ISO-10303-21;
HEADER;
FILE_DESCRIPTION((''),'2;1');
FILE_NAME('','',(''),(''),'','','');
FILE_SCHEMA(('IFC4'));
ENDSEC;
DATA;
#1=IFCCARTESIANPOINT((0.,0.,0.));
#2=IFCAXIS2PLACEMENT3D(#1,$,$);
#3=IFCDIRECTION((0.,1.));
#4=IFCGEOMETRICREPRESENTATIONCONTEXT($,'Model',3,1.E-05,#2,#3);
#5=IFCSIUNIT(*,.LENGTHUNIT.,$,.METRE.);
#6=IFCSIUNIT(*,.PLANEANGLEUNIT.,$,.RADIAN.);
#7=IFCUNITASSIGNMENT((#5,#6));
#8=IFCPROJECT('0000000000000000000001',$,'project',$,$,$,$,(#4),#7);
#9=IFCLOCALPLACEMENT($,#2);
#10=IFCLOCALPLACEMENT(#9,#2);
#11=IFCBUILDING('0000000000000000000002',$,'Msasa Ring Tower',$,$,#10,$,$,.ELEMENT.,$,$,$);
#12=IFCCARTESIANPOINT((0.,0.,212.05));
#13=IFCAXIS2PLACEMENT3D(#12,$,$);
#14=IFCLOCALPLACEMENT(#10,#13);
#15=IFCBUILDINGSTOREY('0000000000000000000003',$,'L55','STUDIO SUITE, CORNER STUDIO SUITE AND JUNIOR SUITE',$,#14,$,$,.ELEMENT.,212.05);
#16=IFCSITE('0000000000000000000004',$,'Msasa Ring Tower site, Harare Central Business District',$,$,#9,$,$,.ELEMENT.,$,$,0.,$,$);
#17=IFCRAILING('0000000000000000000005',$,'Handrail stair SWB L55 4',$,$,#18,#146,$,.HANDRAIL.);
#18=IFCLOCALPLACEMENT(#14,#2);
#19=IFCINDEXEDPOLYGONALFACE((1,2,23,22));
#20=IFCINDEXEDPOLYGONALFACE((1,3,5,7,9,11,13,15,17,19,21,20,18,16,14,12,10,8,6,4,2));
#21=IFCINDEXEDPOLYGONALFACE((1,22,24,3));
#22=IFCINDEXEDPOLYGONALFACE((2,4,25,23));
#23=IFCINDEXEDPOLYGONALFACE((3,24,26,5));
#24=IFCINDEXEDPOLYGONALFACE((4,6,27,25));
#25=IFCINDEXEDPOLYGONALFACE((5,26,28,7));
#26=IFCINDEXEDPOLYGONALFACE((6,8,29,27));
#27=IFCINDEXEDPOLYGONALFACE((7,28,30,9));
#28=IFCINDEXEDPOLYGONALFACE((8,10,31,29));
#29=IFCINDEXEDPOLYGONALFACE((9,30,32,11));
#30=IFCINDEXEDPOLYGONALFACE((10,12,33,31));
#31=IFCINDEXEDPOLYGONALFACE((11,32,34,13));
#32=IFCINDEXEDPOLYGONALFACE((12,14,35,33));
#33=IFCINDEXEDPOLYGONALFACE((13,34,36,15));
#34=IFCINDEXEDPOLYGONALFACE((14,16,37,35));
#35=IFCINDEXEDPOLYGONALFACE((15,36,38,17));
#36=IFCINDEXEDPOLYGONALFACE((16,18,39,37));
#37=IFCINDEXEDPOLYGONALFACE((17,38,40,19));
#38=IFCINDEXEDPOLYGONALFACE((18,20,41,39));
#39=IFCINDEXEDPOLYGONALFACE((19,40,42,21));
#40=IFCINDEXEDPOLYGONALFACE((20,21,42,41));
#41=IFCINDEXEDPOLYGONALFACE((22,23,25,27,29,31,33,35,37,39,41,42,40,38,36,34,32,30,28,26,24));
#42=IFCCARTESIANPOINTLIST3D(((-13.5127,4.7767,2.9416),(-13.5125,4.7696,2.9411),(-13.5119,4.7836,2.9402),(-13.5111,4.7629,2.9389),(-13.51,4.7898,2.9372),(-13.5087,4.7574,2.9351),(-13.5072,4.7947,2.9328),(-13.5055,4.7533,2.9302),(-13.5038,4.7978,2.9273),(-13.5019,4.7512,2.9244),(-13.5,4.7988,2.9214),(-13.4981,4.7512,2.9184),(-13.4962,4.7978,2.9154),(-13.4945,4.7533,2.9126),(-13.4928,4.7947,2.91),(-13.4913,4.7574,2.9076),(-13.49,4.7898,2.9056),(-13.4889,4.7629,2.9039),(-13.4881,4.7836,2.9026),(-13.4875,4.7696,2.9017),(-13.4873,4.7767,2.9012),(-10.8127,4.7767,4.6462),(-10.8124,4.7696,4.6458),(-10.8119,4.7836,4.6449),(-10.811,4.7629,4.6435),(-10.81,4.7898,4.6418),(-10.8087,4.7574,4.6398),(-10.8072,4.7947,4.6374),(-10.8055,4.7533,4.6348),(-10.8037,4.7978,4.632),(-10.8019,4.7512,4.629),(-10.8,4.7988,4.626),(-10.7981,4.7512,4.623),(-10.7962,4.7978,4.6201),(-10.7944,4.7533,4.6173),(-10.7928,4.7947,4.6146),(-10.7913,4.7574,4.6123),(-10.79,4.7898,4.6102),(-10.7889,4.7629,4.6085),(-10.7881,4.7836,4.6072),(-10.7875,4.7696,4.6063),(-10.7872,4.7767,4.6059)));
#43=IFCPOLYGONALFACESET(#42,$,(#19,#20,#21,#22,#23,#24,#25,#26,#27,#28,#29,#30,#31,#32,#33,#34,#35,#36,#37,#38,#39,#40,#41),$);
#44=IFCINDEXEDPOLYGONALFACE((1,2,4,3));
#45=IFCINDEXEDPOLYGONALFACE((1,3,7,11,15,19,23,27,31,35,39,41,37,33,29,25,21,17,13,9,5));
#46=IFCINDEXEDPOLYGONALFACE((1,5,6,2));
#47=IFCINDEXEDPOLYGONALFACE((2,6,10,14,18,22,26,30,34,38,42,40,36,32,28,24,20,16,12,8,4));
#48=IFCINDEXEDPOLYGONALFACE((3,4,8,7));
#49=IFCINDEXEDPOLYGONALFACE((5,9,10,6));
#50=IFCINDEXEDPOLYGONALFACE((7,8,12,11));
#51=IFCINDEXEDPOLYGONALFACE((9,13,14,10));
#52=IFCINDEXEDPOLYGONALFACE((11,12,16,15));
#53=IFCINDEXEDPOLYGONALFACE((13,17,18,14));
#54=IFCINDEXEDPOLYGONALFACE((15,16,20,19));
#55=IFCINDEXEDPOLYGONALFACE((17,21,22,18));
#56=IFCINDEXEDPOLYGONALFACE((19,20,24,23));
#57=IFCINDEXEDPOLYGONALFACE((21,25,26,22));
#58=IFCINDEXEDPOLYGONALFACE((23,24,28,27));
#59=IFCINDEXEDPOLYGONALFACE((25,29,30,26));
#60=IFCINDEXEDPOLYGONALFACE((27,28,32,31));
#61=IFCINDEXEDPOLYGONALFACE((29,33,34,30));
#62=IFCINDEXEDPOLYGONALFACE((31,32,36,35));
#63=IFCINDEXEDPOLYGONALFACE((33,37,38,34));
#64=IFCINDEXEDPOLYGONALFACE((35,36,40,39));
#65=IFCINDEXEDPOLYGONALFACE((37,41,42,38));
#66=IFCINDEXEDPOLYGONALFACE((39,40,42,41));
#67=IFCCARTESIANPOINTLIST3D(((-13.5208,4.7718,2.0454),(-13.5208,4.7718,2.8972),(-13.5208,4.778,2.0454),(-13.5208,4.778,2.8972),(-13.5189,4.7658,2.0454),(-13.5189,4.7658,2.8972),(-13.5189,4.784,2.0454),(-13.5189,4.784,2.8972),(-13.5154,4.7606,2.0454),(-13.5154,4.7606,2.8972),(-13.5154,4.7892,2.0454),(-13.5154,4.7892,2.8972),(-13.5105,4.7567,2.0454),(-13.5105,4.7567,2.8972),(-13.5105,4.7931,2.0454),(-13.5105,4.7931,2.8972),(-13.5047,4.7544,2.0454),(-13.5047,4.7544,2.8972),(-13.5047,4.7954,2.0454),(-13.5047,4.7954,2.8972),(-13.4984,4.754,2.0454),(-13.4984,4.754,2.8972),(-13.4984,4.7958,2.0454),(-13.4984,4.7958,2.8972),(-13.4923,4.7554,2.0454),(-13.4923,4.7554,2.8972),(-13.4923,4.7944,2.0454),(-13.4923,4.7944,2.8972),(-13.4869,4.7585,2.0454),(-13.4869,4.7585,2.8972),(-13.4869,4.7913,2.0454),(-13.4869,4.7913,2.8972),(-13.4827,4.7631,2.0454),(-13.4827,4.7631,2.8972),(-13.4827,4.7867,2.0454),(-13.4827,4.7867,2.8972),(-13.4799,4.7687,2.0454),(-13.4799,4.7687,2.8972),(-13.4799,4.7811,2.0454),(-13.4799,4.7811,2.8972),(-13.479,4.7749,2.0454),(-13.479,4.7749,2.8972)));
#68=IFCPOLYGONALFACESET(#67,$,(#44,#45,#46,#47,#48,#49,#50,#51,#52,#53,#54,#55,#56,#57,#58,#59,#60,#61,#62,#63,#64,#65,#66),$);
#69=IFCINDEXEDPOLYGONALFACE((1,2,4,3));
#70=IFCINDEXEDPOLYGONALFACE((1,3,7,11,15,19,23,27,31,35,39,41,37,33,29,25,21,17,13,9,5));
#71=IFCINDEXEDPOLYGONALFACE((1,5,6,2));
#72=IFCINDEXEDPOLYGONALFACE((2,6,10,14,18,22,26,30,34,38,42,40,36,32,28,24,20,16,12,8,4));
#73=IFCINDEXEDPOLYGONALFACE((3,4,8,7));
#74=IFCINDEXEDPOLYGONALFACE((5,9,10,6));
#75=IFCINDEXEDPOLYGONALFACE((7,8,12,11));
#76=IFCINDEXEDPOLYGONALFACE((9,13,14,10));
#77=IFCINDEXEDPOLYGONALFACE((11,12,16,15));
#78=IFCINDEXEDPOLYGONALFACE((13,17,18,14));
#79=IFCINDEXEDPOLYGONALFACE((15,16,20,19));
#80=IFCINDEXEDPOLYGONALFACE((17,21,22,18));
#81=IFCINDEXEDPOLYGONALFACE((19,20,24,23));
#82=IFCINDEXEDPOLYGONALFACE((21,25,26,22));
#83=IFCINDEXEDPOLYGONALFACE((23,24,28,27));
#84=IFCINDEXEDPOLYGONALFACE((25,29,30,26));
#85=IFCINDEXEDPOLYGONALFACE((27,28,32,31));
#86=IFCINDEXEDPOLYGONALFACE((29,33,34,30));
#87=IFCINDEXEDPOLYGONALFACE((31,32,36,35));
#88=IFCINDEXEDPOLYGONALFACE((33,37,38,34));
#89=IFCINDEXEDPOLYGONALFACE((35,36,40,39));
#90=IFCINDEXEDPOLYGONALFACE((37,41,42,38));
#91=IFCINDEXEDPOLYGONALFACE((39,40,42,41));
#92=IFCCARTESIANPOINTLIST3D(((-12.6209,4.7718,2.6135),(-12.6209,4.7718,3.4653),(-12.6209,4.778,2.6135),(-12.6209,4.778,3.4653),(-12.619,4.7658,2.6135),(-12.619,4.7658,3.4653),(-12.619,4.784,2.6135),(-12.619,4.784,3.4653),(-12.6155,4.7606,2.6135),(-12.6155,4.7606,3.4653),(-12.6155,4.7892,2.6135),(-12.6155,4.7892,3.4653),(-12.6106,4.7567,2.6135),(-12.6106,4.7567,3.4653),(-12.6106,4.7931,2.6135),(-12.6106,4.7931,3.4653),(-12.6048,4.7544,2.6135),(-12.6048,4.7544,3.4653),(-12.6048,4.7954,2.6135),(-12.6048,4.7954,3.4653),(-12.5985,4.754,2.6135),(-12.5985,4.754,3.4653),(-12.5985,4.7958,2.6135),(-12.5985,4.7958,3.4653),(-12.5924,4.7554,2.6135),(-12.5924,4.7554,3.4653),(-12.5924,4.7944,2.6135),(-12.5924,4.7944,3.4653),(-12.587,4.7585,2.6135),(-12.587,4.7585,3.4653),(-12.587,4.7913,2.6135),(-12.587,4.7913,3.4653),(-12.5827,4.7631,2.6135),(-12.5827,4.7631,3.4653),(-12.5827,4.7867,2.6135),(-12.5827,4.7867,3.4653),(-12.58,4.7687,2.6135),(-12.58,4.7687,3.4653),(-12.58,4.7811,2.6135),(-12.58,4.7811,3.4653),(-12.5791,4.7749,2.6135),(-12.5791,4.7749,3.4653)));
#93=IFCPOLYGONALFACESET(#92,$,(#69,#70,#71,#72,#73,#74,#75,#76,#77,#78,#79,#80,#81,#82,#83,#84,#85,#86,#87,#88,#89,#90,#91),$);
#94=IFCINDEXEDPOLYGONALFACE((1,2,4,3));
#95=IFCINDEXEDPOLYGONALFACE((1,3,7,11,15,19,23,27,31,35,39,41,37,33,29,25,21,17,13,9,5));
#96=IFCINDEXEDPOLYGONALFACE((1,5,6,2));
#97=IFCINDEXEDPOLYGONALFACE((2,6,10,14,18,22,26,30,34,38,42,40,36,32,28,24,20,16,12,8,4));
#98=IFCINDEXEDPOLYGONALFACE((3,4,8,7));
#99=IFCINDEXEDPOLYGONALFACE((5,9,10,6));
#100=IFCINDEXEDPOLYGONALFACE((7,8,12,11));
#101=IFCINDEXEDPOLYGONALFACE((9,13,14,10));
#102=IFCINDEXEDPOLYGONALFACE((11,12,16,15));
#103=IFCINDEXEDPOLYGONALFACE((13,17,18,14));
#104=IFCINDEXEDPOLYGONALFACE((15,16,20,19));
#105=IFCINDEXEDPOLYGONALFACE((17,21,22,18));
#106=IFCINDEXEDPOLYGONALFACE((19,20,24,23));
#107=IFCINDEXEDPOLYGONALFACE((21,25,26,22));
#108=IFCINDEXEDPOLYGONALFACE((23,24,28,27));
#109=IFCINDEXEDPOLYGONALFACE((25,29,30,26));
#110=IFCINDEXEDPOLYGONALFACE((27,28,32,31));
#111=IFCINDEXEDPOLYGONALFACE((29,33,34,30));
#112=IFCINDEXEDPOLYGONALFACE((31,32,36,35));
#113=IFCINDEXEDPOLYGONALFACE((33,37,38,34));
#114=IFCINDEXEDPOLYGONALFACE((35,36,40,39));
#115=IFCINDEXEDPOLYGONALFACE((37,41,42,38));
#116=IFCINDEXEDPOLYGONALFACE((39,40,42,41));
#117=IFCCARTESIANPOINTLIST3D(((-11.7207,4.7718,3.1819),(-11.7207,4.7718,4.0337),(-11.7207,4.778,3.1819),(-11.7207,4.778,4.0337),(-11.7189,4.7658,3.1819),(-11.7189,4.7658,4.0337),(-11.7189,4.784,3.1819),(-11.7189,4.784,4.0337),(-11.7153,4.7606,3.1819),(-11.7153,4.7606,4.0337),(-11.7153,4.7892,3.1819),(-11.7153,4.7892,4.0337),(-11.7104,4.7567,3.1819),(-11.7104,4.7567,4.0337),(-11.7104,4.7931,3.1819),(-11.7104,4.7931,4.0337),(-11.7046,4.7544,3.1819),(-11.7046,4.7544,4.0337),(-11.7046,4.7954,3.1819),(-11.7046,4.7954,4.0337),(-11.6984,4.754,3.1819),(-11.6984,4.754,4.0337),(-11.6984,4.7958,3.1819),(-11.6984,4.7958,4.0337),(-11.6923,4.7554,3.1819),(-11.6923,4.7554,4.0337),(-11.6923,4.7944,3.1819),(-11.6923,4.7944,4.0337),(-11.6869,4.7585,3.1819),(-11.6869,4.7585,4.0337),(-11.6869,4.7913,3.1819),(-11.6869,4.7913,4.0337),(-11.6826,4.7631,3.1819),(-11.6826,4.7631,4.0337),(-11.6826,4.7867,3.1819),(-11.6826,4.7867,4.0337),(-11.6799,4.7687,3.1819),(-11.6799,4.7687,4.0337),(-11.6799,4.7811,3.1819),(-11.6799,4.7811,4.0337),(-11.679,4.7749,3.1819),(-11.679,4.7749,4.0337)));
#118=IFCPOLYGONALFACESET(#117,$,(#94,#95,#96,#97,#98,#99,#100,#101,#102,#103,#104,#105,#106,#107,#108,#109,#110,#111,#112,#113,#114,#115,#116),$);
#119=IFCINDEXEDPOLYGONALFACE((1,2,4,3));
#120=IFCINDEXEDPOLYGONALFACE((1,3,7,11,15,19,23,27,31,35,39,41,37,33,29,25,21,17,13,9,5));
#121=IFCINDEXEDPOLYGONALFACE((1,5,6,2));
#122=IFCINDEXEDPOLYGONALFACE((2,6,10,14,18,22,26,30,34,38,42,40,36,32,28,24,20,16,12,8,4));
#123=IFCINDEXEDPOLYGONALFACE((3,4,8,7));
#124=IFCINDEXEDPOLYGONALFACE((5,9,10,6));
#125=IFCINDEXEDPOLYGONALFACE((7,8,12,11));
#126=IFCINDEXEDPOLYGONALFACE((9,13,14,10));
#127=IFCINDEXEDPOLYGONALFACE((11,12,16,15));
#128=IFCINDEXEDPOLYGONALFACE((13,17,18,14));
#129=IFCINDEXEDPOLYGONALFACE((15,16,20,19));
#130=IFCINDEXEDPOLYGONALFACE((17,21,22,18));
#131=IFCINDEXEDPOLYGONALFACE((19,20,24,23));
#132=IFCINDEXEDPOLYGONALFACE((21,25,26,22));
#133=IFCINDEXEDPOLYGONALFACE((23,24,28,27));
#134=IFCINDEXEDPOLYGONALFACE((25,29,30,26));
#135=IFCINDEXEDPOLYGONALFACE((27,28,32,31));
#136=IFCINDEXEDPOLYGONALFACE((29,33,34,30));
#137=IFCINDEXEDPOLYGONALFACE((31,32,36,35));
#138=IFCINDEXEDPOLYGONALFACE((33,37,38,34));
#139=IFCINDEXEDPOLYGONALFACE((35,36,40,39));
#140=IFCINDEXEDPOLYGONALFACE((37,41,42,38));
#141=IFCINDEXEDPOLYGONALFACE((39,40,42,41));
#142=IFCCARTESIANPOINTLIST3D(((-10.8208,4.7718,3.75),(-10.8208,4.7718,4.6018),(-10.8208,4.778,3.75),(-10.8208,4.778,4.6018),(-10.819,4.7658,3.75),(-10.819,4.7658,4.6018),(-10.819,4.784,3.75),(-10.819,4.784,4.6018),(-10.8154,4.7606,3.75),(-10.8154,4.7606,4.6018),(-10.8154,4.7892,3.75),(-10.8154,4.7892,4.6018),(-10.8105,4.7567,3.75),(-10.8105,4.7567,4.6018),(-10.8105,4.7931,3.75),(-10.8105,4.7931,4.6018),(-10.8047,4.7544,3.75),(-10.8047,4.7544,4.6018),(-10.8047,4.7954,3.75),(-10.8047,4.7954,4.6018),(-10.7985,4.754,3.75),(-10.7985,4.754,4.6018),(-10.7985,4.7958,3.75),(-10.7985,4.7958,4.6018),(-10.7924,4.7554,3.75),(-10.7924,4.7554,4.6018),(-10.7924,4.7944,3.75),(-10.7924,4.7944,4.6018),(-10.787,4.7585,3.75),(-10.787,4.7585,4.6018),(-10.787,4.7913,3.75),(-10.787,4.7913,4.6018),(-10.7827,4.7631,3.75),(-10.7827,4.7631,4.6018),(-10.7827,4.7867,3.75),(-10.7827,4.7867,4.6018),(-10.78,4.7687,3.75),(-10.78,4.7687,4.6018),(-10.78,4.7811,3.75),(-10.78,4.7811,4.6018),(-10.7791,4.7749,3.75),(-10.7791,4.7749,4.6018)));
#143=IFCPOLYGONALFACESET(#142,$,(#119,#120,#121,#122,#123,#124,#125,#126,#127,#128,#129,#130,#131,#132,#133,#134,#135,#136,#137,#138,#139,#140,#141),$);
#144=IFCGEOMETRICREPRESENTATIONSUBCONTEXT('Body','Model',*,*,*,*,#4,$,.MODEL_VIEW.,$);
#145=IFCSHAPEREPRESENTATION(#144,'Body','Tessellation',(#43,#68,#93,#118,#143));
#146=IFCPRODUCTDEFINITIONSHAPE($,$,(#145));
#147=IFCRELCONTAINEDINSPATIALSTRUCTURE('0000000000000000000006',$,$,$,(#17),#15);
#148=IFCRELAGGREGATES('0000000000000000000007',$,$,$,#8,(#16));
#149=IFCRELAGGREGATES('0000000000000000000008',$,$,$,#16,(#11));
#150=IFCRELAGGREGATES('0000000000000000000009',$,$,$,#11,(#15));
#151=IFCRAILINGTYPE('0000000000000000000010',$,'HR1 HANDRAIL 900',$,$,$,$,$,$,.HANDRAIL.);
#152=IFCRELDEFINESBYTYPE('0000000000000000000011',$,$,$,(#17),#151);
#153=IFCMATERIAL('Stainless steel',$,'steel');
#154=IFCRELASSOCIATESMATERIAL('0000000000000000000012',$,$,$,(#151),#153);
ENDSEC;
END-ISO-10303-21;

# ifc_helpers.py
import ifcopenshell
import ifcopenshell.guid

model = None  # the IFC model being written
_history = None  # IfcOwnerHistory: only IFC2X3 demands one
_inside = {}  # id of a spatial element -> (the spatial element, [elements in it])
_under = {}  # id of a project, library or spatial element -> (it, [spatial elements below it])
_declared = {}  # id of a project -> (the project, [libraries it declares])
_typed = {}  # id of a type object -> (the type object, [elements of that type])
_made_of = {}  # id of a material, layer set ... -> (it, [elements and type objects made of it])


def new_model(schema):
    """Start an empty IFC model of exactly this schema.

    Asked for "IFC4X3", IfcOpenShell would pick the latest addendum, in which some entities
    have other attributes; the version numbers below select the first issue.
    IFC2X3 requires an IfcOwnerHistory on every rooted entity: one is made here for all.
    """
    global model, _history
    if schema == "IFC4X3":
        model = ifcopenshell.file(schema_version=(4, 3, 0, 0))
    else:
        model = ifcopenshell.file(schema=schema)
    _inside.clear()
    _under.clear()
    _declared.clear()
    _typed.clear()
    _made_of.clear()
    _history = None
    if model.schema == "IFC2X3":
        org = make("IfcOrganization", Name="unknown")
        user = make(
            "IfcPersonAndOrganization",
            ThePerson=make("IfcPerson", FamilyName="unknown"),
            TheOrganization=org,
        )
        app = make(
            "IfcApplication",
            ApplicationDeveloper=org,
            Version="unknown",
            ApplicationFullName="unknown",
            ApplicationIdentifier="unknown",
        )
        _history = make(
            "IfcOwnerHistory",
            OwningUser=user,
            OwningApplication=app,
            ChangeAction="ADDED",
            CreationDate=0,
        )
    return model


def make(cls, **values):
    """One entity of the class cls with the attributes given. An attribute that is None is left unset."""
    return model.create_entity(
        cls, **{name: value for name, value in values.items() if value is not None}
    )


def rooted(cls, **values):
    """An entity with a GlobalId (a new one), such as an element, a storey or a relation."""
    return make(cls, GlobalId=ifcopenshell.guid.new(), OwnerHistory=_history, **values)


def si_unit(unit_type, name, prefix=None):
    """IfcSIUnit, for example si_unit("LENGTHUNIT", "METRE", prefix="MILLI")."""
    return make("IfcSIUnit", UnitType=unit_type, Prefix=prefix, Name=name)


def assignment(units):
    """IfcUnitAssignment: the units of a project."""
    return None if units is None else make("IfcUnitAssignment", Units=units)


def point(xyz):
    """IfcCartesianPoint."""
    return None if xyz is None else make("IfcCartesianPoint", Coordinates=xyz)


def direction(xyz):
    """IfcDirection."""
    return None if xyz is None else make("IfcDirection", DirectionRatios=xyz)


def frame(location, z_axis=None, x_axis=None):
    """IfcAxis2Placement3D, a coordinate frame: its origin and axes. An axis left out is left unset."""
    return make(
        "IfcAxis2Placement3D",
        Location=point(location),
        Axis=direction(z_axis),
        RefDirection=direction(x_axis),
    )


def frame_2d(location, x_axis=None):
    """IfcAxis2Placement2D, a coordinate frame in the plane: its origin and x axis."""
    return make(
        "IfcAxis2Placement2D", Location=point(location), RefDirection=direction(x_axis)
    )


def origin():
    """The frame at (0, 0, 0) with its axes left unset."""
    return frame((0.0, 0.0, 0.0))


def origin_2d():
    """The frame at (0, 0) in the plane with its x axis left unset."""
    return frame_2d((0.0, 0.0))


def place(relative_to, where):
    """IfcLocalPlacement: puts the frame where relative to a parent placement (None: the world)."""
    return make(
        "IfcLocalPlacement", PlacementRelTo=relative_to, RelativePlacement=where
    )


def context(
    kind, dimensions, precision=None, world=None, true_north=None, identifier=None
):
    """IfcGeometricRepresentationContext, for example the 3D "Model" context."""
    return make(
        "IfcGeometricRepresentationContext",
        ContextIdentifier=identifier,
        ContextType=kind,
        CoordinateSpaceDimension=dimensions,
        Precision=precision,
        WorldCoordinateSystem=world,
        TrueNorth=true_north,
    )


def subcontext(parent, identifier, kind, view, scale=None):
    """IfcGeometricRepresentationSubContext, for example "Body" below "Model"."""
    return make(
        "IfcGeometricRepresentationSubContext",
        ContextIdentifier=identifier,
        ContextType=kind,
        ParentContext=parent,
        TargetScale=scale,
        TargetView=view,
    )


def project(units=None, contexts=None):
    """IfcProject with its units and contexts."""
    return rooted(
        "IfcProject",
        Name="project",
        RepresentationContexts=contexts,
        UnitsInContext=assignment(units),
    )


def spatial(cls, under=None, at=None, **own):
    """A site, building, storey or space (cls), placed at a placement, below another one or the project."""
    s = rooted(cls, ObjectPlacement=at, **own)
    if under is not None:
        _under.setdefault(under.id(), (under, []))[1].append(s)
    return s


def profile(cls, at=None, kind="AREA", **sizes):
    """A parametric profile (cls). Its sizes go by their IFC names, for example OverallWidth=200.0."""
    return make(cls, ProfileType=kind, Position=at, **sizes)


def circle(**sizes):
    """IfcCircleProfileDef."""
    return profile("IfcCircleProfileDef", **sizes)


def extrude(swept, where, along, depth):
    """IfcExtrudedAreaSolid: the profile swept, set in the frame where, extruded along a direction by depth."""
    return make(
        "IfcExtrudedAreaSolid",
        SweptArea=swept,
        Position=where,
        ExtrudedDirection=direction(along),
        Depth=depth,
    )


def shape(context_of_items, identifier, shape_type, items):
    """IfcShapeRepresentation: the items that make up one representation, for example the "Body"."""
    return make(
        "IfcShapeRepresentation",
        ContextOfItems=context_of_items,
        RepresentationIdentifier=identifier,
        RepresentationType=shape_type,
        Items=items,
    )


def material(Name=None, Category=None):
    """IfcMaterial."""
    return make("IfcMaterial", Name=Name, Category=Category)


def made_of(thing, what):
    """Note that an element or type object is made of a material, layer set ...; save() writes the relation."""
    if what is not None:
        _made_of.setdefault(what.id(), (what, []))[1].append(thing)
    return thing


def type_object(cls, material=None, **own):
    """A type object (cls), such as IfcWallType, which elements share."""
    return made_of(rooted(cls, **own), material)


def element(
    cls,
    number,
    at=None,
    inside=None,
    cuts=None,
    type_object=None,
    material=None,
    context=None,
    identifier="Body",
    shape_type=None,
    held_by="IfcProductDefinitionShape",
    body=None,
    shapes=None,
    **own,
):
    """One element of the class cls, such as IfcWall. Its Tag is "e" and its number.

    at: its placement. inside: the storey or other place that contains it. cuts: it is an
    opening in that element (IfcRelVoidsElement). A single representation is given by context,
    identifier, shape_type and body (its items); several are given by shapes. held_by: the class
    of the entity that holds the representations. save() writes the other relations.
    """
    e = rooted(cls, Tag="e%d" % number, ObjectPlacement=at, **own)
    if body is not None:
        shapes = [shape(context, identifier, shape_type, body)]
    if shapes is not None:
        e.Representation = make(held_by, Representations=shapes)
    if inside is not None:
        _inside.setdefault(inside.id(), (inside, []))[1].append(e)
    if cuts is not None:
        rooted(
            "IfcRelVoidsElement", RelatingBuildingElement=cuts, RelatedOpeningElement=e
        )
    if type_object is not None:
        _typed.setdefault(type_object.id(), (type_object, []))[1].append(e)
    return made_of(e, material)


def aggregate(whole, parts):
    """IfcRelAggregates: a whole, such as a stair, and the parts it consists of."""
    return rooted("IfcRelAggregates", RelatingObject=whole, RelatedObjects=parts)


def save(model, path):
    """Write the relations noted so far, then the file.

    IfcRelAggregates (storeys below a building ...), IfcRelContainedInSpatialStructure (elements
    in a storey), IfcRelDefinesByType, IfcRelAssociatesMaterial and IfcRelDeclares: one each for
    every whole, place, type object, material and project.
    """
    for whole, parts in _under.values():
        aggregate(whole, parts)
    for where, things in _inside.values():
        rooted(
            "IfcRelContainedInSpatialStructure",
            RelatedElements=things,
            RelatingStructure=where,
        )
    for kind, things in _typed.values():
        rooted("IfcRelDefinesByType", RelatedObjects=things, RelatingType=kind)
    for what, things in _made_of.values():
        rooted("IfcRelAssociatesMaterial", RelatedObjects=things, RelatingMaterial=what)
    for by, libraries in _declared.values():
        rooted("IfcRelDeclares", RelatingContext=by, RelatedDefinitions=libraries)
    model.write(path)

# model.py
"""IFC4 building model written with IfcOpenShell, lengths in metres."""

from ifc_helpers import new_model, si_unit, direction, frame, origin, origin_2d, place, context, subcontext, project, spatial, circle, extrude, material, type_object, element, save


model = new_model("IFC4")

# Units and contexts
model_context = context("Model", 3, precision=1e-05, world=origin(), true_north=direction((0.0, 1.0)))
body_context = subcontext(model_context, "Body", "Model", "MODEL_VIEW")
ifc_project = project(units=[si_unit("LENGTHUNIT", "METRE"), si_unit("PLANEANGLEUNIT", "RADIAN")], contexts=[model_context])

# Site, building, storey
site_placement = place(None, origin())
site = spatial("IfcSite", under=ifc_project, at=site_placement, Name="Msasa Ring Tower site, Harare Central Business District", CompositionType="ELEMENT", RefElevation=0.0)
building_placement = place(site_placement, origin())
building = spatial("IfcBuilding", under=site, at=building_placement, Name="Msasa Ring Tower", CompositionType="ELEMENT")
storey_placement = place(building_placement, frame((0.0, 0.0, 212.05)))
storey = spatial("IfcBuildingStorey", under=building, at=storey_placement, Name="L55", Description="STUDIO SUITE, CORNER STUDIO SUITE AND JUNIOR SUITE", CompositionType="ELEMENT", Elevation=212.05)

# Railing
ifc_material_1 = material(Name="Stainless steel", Category="steel")
railing_type = type_object("IfcRailingType", Name="HR1 HANDRAIL 900", PredefinedType="HANDRAIL", material=ifc_material_1)
for number, where, name in (
    (1, (-13.5, 4.7749, 2.0454), "Handrail stair SWB L55 4"),
):
    element("IfcRailing", number, at=place(storey_placement, frame(where)), inside=storey, type_object=railing_type, Name=name, PredefinedType="HANDRAIL", context=body_context, shape_type="SweptSolid", body=[
        extrude(circle(Radius=0.0239, at=origin_2d()), frame((0.0, 0.0, 0.876), z_axis=(0.84558, 0.0, 0.533849), x_axis=(0.0, 1.0, 0.0)), (0.0, 0.0, 1.0), 3.1931),
        extrude(circle(Radius=0.021, at=origin_2d()), origin(), (0.0, 0.0, 1.0), 0.8518),
        extrude(circle(Radius=0.021, at=origin_2d()), frame((0.8999, 0.0, 0.5681)), (0.0, 0.0, 1.0), 0.8518),
        extrude(circle(Radius=0.021, at=origin_2d()), frame((1.8, 0.0, 1.1365)), (0.0, 0.0, 1.0), 0.8518),
        extrude(circle(Radius=0.021, at=origin_2d()), frame((2.7, 0.0, 1.7046)), (0.0, 0.0, 1.0), 0.8518),
    ])

save(model, "model.ifc")
